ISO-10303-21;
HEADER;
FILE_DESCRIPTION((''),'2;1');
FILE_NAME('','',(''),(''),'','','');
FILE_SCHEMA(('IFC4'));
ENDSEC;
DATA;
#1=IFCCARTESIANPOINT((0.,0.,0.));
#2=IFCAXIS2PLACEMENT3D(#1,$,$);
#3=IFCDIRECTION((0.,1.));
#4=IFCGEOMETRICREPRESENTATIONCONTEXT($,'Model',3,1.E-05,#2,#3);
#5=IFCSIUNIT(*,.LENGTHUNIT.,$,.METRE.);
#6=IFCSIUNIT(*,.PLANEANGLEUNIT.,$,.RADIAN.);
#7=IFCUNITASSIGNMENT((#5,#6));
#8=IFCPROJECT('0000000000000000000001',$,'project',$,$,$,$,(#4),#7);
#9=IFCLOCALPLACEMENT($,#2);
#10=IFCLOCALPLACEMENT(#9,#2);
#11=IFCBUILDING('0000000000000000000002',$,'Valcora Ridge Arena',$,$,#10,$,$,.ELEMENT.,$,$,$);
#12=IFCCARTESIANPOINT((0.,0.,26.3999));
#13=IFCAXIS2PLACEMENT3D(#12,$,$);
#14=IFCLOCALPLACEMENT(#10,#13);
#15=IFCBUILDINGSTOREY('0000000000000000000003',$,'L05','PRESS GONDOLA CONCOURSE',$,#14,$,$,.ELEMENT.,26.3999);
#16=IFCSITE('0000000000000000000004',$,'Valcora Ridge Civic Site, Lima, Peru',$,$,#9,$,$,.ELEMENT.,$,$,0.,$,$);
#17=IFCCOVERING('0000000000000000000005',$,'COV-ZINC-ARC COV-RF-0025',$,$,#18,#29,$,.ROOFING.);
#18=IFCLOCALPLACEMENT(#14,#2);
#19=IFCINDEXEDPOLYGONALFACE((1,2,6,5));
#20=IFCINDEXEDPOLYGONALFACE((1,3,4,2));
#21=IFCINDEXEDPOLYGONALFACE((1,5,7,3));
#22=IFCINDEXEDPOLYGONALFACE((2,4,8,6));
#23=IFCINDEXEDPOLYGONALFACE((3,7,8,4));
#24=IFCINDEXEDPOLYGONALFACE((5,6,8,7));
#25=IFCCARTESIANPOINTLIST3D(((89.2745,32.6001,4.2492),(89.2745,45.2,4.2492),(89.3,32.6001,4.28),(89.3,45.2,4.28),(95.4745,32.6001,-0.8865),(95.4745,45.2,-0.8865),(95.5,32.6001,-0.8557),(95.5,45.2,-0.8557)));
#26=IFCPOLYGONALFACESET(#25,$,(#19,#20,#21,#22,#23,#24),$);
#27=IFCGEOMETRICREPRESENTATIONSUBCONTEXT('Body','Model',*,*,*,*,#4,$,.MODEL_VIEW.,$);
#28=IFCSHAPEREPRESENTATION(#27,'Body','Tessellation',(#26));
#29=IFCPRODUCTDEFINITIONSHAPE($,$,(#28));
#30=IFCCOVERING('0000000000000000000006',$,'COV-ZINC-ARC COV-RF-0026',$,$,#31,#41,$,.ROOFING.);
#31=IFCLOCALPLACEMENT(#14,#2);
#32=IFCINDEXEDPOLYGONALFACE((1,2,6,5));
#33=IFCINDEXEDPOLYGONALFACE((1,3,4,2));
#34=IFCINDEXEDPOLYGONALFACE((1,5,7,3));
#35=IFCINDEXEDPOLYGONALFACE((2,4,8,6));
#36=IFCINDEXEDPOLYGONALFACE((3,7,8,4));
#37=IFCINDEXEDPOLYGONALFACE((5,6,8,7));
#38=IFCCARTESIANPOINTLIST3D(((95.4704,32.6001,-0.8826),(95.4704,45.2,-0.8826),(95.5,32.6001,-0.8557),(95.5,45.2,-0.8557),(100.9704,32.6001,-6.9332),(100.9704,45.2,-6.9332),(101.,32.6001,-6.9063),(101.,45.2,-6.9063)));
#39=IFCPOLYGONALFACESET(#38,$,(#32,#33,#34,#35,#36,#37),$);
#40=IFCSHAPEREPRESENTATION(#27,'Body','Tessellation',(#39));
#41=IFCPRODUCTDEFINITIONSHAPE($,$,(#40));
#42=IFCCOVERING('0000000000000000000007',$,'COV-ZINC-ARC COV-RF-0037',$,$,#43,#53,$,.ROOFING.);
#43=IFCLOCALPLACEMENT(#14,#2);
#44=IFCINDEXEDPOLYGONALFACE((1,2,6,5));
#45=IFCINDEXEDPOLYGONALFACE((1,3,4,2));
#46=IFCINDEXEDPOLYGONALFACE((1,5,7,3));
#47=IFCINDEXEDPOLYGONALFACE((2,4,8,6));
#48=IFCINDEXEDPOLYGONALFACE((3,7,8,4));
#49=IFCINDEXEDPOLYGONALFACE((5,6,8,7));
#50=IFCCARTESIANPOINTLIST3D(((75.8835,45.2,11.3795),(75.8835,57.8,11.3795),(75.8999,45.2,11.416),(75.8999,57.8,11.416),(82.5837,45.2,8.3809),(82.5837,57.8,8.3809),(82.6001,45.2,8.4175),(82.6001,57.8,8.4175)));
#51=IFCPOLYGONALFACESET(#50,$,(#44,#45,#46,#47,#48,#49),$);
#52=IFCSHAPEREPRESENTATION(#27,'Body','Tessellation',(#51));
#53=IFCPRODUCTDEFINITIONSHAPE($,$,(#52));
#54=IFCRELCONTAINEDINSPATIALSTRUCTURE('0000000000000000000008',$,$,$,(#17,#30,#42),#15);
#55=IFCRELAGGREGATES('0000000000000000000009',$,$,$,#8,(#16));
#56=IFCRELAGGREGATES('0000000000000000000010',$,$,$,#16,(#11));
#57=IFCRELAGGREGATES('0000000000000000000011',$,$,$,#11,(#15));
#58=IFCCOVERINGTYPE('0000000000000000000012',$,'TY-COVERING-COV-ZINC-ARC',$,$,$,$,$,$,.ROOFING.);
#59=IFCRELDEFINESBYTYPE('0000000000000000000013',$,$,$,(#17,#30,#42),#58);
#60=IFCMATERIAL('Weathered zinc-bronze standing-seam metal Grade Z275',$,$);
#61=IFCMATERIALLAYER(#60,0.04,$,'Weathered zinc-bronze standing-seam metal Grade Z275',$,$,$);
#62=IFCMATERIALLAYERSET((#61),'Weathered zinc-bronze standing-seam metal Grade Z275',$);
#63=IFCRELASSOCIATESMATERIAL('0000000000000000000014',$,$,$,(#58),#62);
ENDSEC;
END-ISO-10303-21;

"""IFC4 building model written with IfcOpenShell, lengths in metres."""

from ifc_helpers import new_model, si_unit, direction, frame, origin, place, context, subcontext, project, spatial, polyline, outline, extrude, material, layer, layer_set, type_object, element, save


model = new_model("IFC4")

# Units and contexts
model_context = context("Model", 3, precision=1e-05, world=origin(), true_north=direction((0.0, 1.0)))
body_context = subcontext(model_context, "Body", "Model", "MODEL_VIEW")
ifc_project = project(units=[si_unit("LENGTHUNIT", "METRE"), si_unit("PLANEANGLEUNIT", "RADIAN")], contexts=[model_context])

# Site, building, storey
site_placement = place(None, origin())
site = spatial("IfcSite", under=ifc_project, at=site_placement, Name="Valcora Ridge Civic Site, Lima, Peru", CompositionType="ELEMENT", RefElevation=0.0)
building_placement = place(site_placement, origin())
building = spatial("IfcBuilding", under=site, at=building_placement, Name="Valcora Ridge Arena", CompositionType="ELEMENT")
storey_placement = place(building_placement, frame((0.0, 0.0, 26.3999)))
storey = spatial("IfcBuildingStorey", under=building, at=storey_placement, Name="L05", Description="PRESS GONDOLA CONCOURSE", CompositionType="ELEMENT", Elevation=26.3999)

# Coverings
ifc_material_1 = material(Name="Weathered zinc-bronze standing-seam metal Grade Z275")
ifc_layer_1 = layer(ifc_material_1, 0.04, Name="Weathered zinc-bronze standing-seam metal Grade Z275")
ifc_layer_set_1 = layer_set([ifc_layer_1], Name="Weathered zinc-bronze standing-seam metal Grade Z275")
covering_type = type_object("IfcCoveringType", Name="TY-COVERING-COV-ZINC-ARC", PredefinedType="ROOFING", material=ifc_layer_set_1)
covering_1_placement = place(storey_placement, frame((89.3, 32.6001, 4.28), z_axis=(0.637918, 0.0, 0.770105), x_axis=(0.770105, 0.0, -0.637918)))
element("IfcCovering", 1, at=covering_1_placement, inside=storey, type_object=covering_type, Name="COV-ZINC-ARC COV-RF-0025", PredefinedType="ROOFING", context=body_context, shape_type="SweptSolid", body=[
    extrude(outline(polyline([(0.0, 0.0), (8.0508, 0.0), (8.0508, 12.5999), (0.0, 12.5999), (0.0, 0.0)])), origin(), (0.0, 0.0, -1.0), 0.04),
])
covering_2_placement = place(storey_placement, frame((95.5, 32.6001, -0.8557), z_axis=(0.73997, 0.0, 0.67264), x_axis=(0.67264, 0.0, -0.73997)))
element("IfcCovering", 2, at=covering_2_placement, inside=storey, type_object=covering_type, Name="COV-ZINC-ARC COV-RF-0026", PredefinedType="ROOFING", context=body_context, shape_type="SweptSolid", body=[
    extrude(outline(polyline([(0.0, 0.0), (8.1767, 0.0), (8.1767, 12.5999), (0.0, 12.5999), (0.0, 0.0)])), origin(), (0.0, 0.0, -1.0), 0.04),
])
covering_3_placement = place(storey_placement, frame((75.8999, 45.2, 11.416), z_axis=(0.408489, 0.0, 0.912763), x_axis=(0.912763, 0.0, -0.408489)))
element("IfcCovering", 3, at=covering_3_placement, inside=storey, type_object=covering_type, Name="COV-ZINC-ARC COV-RF-0037", PredefinedType="ROOFING", context=body_context, shape_type="SweptSolid", body=[
    extrude(outline(polyline([(0.0, 0.0), (7.3406, 0.0), (7.3406, 12.6001), (0.0, 12.6001), (0.0, 0.0)])), origin(), (0.0, 0.0, -1.0), 0.04),
])

save(model, "model.ifc")
